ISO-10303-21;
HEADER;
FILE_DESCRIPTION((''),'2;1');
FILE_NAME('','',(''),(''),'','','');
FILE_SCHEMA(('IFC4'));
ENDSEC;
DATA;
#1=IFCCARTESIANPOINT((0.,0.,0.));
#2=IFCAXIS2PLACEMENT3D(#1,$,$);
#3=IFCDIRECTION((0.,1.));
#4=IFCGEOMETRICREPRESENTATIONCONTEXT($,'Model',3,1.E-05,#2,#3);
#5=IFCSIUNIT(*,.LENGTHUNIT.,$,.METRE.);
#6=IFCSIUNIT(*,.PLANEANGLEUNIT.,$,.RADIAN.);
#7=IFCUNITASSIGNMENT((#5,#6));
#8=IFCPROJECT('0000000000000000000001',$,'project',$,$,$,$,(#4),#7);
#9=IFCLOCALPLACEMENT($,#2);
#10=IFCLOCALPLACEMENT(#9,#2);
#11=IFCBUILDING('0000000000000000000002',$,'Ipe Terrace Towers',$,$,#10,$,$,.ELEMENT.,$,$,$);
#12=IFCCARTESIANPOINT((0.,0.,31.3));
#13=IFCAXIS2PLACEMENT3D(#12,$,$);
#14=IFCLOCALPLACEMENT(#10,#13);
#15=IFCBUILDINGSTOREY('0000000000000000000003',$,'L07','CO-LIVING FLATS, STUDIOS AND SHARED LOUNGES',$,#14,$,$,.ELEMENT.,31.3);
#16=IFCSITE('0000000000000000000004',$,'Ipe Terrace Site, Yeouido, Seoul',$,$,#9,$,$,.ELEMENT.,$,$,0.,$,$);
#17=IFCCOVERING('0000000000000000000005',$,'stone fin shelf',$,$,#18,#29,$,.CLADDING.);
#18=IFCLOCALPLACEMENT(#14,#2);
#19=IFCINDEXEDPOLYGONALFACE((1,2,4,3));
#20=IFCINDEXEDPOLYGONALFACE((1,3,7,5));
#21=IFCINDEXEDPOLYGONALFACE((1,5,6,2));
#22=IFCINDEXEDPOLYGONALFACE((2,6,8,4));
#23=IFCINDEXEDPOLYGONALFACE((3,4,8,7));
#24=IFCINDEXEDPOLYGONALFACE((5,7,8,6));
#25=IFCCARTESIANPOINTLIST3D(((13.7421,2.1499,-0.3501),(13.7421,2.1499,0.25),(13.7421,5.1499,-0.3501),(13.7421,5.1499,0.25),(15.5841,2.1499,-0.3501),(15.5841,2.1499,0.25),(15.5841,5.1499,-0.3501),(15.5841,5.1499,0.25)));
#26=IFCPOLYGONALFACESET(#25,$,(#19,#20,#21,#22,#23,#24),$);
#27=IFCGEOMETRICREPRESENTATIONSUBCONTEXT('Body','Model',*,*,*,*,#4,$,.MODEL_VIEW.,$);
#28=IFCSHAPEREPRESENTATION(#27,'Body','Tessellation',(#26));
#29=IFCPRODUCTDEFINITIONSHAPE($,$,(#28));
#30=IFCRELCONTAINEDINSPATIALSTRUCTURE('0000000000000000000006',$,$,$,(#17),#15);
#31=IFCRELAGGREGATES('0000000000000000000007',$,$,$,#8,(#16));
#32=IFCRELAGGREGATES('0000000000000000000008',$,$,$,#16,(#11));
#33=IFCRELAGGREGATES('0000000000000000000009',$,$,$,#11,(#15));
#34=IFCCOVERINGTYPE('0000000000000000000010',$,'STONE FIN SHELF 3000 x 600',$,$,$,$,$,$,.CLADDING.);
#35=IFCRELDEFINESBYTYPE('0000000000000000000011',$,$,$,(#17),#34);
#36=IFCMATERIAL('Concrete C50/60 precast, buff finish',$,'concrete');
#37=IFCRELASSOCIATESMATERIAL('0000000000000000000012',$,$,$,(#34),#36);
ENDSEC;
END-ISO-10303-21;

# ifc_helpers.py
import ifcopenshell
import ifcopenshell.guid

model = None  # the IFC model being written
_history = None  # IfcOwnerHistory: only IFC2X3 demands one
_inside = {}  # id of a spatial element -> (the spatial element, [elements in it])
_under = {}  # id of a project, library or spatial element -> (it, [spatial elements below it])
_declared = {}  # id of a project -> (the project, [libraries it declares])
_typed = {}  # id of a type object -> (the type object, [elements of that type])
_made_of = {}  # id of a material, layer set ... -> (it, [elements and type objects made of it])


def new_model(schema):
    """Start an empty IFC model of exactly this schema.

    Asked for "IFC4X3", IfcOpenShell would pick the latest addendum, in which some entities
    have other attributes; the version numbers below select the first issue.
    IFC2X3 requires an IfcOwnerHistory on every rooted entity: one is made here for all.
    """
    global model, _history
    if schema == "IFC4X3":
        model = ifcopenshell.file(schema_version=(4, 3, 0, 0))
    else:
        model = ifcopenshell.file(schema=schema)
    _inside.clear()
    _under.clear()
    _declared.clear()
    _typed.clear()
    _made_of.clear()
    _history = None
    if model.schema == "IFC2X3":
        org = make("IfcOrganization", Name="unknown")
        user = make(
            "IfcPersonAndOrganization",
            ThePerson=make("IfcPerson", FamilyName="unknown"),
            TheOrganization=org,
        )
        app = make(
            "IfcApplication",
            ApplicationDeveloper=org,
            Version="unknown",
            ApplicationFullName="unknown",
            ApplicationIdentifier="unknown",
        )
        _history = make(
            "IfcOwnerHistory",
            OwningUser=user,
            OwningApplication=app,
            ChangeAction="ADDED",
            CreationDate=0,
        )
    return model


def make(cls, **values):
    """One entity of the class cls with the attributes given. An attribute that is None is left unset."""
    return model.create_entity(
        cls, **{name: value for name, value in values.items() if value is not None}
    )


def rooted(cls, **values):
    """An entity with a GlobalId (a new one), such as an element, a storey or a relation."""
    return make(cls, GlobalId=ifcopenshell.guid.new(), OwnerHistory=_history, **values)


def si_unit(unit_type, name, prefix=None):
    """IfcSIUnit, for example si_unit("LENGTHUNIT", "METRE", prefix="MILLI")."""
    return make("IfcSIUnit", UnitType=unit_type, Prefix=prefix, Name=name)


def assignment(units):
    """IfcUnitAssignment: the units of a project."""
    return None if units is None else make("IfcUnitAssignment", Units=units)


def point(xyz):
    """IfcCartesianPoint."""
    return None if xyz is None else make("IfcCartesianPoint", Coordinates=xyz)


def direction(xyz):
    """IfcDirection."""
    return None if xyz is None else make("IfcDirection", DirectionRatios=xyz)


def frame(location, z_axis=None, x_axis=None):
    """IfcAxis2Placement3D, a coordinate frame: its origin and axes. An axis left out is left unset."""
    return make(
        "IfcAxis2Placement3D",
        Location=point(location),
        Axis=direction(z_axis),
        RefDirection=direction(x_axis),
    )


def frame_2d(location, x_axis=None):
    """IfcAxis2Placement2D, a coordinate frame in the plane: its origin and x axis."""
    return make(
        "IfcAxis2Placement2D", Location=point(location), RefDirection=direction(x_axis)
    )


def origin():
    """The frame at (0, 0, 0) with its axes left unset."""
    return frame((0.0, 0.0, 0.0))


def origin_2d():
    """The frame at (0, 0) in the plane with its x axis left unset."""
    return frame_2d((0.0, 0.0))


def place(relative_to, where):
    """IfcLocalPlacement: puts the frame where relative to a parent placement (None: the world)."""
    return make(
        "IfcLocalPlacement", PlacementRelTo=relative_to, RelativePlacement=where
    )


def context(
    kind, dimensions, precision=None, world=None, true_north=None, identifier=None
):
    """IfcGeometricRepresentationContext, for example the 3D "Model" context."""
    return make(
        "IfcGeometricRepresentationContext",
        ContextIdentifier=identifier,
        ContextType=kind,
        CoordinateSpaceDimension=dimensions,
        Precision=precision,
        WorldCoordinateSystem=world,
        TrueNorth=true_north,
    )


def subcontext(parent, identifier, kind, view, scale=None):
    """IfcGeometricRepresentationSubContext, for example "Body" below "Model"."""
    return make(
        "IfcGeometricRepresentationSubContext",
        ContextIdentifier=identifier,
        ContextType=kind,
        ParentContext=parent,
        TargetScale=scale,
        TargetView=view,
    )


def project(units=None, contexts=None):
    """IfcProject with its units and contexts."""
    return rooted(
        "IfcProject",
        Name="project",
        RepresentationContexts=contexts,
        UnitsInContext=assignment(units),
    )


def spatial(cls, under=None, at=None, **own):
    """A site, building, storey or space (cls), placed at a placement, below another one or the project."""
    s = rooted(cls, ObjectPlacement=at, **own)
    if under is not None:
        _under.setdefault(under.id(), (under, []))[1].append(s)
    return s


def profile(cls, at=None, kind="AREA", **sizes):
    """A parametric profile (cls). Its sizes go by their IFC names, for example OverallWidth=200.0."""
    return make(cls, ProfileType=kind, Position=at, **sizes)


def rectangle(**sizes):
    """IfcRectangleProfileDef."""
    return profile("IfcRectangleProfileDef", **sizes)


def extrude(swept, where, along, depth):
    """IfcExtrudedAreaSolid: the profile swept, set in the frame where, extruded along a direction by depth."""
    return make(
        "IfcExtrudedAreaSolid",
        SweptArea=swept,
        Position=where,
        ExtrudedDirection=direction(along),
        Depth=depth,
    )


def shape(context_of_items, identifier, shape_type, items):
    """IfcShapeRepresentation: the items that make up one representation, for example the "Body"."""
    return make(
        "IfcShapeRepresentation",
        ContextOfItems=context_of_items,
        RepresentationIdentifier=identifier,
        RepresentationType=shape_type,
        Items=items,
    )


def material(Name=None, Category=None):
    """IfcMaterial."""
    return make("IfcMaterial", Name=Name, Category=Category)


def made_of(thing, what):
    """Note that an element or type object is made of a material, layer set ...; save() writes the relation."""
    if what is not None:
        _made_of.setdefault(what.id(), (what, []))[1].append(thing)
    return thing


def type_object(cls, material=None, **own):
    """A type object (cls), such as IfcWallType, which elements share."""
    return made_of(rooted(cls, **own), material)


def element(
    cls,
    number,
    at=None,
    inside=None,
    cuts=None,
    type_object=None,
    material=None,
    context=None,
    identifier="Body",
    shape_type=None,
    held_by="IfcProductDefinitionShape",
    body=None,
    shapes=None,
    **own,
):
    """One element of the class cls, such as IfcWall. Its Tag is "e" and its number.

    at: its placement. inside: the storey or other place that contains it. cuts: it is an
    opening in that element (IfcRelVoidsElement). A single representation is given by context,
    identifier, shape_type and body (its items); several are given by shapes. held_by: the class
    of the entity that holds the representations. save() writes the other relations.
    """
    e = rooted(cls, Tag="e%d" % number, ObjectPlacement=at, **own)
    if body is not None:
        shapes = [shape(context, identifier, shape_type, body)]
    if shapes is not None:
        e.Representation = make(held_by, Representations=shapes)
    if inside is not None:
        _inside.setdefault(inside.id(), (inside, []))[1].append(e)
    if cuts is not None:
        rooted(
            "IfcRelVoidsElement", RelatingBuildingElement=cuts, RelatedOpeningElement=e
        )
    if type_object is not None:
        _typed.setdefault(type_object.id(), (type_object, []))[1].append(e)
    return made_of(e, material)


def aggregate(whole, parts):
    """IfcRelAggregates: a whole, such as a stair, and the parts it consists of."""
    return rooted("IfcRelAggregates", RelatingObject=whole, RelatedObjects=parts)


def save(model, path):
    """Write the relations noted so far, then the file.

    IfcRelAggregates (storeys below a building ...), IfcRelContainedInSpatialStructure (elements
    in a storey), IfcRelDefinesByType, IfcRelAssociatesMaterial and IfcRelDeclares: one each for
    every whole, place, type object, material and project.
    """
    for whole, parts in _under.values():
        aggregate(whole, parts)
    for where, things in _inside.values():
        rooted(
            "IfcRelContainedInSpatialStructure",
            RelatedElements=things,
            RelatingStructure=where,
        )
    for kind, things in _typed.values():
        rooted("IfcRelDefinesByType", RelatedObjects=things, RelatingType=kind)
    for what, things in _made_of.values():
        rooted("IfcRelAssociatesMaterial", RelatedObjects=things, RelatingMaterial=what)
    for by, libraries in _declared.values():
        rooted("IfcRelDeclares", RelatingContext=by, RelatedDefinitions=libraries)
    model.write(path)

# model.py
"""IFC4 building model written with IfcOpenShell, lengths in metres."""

from ifc_helpers import new_model, si_unit, direction, frame, origin, origin_2d, place, context, subcontext, project, spatial, rectangle, extrude, material, type_object, element, save


model = new_model("IFC4")

# Units and contexts
model_context = context("Model", 3, precision=1e-05, world=origin(), true_north=direction((0.0, 1.0)))
body_context = subcontext(model_context, "Body", "Model", "MODEL_VIEW")
ifc_project = project(units=[si_unit("LENGTHUNIT", "METRE"), si_unit("PLANEANGLEUNIT", "RADIAN")], contexts=[model_context])

# Site, building, storey
site_placement = place(None, origin())
site = spatial("IfcSite", under=ifc_project, at=site_placement, Name="Ipe Terrace Site, Yeouido, Seoul", CompositionType="ELEMENT", RefElevation=0.0)
building_placement = place(site_placement, origin())
building = spatial("IfcBuilding", under=site, at=building_placement, Name="Ipe Terrace Towers", CompositionType="ELEMENT")
storey_placement = place(building_placement, frame((0.0, 0.0, 31.3)))
storey = spatial("IfcBuildingStorey", under=building, at=storey_placement, Name="L07", Description="CO-LIVING FLATS, STUDIOS AND SHARED LOUNGES", CompositionType="ELEMENT", Elevation=31.3)

# Covering
ifc_material_1 = material(Name="Concrete C50/60 precast, buff finish", Category="concrete")
covering_type_1 = type_object("IfcCoveringType", Name="STONE FIN SHELF 3000 x 600", PredefinedType="CLADDING", material=ifc_material_1)
covering_1_placement = place(storey_placement, frame((14.6631, 3.6499, -0.3501), z_axis=(0.0, 0.0, 1.0), x_axis=(0.0, -1.0, 0.0)))
element("IfcCovering", 1, at=covering_1_placement, inside=storey, type_object=covering_type_1, Name="stone fin shelf", PredefinedType="CLADDING", context=body_context, shape_type="SweptSolid", body=[
    extrude(rectangle(XDim=3.0, YDim=1.842, at=origin_2d()), origin(), (0.0, 0.0, 1.0), 0.6001),
])

save(model, "model.ifc")
